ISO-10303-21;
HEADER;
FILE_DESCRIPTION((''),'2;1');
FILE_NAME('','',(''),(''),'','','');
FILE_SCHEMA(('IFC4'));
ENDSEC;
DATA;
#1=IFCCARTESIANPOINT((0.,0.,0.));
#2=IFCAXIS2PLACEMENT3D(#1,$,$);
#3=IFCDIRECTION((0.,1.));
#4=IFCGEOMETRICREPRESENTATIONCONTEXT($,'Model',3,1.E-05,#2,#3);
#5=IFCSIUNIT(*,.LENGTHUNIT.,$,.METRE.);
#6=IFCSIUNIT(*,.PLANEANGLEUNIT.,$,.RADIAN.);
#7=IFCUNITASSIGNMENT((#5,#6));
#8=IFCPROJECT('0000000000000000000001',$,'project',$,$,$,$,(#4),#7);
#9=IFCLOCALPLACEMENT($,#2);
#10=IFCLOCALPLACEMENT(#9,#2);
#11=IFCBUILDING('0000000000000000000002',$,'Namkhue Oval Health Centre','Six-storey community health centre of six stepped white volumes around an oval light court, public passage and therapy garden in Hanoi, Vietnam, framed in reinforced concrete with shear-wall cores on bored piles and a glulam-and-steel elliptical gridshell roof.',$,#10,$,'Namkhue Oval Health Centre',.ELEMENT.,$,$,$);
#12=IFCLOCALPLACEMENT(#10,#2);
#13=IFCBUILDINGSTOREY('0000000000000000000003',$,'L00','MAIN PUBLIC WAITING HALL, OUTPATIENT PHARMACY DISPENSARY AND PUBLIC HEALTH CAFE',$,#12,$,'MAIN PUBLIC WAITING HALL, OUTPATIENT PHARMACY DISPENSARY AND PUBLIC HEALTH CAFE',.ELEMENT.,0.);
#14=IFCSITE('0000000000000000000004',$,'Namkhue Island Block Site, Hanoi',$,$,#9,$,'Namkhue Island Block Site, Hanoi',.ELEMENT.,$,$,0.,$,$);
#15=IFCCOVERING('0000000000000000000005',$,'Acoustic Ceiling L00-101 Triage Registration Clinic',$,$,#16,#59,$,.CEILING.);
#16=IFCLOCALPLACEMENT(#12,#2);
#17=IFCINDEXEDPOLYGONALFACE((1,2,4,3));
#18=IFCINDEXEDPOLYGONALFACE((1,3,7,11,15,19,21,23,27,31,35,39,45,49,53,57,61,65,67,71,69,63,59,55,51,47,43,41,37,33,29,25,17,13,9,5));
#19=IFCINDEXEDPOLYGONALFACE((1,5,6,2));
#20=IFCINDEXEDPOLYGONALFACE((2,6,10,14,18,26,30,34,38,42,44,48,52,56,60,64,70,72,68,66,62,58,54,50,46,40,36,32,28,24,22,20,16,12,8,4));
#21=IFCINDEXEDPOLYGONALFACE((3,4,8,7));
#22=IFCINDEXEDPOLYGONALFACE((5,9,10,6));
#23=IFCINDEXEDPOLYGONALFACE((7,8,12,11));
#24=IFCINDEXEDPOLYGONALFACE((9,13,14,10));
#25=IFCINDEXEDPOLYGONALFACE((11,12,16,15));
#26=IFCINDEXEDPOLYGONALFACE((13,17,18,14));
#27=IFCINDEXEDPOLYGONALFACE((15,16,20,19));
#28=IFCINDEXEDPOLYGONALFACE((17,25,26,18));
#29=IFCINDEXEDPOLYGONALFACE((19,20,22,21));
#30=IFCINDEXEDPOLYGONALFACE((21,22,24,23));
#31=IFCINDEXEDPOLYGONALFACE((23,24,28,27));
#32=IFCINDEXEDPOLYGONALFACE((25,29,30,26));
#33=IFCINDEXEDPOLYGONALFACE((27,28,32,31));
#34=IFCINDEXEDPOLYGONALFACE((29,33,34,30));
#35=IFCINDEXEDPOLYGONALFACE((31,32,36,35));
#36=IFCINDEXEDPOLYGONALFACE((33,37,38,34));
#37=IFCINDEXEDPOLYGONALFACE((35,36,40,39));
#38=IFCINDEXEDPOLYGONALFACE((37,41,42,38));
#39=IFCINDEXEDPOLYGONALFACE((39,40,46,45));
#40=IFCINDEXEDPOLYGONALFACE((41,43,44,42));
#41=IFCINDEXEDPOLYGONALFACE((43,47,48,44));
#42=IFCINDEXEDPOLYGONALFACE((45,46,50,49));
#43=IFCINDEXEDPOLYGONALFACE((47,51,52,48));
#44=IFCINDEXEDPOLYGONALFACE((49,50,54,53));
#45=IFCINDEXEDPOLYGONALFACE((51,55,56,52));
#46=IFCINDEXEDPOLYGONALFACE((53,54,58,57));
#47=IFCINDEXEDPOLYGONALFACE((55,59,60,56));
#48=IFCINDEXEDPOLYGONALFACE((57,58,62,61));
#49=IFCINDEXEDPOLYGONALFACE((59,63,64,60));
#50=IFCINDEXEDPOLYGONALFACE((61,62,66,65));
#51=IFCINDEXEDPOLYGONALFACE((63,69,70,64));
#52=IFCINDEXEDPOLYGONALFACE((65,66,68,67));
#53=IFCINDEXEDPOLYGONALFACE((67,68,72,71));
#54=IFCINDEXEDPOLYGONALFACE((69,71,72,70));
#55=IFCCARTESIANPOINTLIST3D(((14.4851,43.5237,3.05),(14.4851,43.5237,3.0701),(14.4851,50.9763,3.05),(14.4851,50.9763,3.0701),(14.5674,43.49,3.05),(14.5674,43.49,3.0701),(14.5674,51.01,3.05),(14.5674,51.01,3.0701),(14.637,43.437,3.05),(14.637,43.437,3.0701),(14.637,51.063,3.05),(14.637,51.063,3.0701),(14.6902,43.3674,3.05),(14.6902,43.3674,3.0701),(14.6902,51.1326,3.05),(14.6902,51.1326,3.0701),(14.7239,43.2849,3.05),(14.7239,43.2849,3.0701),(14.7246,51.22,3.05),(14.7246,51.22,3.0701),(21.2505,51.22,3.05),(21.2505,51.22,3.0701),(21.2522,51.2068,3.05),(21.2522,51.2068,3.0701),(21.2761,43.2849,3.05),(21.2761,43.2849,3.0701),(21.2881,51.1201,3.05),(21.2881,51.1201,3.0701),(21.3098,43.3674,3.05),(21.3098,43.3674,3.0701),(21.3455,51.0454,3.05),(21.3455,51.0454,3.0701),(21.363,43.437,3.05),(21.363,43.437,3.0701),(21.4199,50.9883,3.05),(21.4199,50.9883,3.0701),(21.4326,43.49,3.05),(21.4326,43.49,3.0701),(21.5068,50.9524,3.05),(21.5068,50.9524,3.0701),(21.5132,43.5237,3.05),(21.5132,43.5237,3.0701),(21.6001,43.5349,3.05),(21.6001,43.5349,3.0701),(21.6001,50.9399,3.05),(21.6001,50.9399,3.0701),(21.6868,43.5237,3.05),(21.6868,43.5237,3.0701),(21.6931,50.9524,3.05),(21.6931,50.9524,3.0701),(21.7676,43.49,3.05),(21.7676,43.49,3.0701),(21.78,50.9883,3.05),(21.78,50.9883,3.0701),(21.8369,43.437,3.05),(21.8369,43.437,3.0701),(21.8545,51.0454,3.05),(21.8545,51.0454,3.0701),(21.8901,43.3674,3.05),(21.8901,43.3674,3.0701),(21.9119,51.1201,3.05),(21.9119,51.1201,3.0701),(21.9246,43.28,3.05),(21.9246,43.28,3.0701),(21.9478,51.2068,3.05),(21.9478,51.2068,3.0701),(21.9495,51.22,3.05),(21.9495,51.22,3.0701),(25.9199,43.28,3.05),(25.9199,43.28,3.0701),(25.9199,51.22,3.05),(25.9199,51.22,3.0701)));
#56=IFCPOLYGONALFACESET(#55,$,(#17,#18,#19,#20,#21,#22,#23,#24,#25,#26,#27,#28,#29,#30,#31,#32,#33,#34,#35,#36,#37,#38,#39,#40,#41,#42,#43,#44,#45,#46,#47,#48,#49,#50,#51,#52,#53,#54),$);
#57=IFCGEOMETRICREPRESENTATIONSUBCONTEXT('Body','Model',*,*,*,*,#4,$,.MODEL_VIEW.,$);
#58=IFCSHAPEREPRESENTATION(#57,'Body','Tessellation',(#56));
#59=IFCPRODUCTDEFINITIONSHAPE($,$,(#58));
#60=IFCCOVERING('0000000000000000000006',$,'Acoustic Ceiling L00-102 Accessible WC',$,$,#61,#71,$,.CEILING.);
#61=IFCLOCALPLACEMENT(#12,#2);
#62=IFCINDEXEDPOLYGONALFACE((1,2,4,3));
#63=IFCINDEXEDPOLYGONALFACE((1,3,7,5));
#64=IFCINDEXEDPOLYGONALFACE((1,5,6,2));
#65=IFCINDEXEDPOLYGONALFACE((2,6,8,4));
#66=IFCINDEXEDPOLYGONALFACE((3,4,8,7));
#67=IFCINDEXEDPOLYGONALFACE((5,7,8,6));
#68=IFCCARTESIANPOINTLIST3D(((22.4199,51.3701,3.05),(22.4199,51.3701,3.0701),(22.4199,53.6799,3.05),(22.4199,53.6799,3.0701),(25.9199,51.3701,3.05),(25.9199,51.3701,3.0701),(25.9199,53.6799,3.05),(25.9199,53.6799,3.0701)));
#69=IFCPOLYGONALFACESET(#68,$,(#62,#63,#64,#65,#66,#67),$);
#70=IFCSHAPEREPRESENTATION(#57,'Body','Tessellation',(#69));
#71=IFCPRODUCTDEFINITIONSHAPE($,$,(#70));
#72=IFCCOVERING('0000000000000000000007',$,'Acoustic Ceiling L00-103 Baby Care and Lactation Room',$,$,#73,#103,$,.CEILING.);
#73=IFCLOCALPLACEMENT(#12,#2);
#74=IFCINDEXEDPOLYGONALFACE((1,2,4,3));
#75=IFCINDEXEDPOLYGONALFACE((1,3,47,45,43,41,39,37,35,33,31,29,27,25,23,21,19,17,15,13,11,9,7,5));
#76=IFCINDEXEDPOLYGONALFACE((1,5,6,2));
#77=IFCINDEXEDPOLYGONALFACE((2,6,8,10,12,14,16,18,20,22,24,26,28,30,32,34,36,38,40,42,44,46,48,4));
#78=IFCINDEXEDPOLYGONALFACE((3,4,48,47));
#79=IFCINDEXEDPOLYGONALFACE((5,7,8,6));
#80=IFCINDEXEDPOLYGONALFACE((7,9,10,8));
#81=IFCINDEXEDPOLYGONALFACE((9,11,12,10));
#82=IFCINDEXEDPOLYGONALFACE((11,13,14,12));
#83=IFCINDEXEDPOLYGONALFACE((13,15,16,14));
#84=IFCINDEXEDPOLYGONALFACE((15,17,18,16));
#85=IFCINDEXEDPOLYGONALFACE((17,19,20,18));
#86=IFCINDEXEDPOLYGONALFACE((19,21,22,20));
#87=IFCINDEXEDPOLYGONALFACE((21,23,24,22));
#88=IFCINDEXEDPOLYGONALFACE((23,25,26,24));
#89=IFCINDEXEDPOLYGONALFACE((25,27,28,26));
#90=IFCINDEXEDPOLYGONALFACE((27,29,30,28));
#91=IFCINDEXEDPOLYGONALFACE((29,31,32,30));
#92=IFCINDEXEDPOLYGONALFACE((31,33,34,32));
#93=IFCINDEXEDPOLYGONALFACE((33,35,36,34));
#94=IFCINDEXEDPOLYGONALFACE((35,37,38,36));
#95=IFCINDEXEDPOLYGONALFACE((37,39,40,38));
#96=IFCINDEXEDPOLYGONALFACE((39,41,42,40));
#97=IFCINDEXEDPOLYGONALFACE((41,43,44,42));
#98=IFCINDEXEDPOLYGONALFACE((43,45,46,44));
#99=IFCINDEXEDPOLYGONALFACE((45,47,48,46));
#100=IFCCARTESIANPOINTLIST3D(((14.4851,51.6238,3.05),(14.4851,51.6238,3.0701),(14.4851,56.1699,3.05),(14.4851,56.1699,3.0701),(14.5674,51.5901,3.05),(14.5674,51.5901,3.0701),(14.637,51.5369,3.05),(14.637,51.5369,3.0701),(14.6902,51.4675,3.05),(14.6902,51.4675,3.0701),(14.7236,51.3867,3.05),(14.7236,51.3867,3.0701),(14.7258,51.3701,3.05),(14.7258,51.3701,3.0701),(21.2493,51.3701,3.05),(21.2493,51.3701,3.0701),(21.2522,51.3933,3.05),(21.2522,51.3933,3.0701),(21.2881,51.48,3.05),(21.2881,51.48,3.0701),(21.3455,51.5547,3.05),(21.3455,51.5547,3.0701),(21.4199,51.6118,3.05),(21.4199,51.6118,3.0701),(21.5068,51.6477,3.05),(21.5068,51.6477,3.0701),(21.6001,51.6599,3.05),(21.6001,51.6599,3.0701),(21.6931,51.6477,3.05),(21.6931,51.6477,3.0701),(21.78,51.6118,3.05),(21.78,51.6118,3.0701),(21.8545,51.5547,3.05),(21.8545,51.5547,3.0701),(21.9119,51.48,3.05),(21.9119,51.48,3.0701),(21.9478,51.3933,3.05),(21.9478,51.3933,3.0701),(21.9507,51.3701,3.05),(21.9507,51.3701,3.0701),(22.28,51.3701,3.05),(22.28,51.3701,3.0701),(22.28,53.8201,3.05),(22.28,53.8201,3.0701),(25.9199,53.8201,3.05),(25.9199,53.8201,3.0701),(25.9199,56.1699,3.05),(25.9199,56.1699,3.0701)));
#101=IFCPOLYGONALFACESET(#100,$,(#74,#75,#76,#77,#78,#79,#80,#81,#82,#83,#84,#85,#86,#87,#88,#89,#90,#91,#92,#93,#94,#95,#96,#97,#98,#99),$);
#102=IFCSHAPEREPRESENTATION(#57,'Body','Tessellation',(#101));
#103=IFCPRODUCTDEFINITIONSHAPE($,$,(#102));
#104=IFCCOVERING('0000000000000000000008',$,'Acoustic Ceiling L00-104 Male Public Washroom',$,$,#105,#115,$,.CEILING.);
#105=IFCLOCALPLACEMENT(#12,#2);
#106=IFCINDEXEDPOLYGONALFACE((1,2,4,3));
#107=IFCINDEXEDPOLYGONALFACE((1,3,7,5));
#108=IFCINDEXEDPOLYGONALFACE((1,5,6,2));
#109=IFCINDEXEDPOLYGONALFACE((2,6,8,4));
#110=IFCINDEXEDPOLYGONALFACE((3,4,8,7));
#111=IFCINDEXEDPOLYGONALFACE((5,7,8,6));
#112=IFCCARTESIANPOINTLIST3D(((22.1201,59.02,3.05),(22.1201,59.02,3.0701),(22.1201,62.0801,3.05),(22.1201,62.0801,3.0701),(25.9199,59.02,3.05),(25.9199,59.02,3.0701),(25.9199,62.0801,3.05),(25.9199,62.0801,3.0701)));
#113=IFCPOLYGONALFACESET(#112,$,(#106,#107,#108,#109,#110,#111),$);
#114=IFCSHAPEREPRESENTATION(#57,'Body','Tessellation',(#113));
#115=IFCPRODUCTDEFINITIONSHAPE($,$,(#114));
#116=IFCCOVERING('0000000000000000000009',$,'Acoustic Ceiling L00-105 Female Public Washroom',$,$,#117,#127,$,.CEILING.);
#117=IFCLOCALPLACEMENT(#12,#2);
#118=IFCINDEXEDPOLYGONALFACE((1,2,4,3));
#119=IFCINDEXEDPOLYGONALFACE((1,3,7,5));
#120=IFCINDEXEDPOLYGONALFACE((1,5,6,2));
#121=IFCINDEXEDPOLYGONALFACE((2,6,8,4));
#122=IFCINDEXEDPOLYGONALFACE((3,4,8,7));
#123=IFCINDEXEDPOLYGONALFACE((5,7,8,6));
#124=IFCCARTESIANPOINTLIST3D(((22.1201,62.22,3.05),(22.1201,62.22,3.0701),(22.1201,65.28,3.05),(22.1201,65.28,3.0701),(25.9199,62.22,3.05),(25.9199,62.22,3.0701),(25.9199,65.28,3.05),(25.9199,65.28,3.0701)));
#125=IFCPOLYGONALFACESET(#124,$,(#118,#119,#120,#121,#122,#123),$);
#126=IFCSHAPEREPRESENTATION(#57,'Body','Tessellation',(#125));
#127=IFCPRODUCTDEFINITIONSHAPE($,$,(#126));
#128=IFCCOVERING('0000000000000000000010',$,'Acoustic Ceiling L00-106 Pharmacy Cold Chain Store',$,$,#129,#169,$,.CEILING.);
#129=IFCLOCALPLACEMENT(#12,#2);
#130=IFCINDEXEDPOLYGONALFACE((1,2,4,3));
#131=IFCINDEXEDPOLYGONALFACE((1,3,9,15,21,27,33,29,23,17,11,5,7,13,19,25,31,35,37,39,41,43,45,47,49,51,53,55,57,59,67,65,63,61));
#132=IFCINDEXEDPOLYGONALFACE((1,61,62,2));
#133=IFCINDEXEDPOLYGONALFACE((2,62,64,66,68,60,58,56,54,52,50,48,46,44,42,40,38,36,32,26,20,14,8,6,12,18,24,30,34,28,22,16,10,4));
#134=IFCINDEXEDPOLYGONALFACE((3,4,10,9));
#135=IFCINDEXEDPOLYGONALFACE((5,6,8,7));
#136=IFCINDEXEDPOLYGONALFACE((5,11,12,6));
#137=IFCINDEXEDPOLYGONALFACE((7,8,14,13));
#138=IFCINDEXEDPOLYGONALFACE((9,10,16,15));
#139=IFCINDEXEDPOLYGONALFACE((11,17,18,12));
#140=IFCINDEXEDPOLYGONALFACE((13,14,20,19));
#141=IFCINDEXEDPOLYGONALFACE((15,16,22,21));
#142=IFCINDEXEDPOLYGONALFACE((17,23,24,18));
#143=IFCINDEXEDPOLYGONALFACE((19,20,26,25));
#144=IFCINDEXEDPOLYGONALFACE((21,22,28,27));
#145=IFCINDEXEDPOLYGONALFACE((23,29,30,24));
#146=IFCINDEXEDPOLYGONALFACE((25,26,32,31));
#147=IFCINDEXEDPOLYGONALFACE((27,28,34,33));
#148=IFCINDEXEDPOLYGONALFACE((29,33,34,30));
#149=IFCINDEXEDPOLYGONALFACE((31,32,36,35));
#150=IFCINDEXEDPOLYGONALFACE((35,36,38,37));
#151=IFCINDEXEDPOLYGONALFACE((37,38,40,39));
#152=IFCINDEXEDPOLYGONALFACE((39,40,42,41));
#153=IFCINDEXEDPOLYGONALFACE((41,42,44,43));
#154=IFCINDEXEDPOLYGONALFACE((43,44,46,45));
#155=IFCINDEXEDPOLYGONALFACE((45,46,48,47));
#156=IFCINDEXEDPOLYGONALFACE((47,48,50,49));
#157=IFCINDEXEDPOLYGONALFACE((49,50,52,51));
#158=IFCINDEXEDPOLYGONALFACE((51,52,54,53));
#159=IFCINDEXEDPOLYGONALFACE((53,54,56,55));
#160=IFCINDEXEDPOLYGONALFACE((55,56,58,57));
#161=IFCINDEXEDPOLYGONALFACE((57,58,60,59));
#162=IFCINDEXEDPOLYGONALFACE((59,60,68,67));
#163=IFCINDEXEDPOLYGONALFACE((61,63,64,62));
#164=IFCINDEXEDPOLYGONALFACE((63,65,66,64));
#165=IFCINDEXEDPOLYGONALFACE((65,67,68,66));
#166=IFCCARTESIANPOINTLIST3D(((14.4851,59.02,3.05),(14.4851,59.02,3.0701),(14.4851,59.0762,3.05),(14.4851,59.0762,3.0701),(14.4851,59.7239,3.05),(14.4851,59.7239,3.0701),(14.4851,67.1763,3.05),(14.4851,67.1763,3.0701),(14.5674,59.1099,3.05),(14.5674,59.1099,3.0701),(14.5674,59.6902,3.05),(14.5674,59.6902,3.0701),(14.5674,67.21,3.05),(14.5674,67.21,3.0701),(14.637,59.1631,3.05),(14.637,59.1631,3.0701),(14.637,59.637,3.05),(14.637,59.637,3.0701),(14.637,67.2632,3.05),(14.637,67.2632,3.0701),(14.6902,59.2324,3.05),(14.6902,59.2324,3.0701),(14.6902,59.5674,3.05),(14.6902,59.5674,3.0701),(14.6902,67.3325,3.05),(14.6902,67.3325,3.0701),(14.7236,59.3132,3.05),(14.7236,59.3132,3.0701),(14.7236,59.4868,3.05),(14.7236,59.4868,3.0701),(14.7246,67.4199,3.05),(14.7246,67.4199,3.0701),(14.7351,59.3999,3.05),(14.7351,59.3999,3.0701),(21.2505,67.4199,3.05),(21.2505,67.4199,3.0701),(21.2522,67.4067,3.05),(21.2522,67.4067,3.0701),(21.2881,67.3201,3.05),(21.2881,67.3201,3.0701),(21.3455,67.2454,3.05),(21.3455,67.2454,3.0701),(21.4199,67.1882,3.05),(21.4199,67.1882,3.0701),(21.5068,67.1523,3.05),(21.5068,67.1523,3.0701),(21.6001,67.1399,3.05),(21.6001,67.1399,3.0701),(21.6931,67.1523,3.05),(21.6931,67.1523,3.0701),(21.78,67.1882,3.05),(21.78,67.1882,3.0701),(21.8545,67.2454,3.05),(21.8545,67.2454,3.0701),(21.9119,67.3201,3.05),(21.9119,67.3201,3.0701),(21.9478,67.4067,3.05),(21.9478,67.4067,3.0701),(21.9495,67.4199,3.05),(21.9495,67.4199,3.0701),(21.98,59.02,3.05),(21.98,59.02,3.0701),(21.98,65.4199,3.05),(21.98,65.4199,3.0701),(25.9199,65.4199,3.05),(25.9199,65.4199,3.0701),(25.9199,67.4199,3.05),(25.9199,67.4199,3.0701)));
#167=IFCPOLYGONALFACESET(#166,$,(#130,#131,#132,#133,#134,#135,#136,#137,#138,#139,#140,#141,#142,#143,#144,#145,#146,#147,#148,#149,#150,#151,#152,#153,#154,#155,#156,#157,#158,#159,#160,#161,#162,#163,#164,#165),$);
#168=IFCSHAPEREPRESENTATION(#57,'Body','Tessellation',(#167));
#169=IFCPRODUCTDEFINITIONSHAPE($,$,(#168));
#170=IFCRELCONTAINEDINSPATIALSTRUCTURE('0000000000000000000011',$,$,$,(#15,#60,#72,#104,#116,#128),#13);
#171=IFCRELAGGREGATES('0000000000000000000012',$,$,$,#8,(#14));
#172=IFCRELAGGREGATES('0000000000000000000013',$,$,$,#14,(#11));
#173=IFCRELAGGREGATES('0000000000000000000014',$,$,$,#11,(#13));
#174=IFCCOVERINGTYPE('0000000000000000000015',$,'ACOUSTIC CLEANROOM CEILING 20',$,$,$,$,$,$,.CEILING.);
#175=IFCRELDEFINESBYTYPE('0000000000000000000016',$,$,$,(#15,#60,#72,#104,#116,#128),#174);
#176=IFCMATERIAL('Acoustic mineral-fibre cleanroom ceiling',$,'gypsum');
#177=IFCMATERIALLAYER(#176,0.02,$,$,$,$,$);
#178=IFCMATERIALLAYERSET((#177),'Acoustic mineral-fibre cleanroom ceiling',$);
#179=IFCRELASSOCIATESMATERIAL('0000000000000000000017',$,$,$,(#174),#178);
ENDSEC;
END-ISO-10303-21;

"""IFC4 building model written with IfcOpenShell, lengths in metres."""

from ifc_helpers import new_model, si_unit, direction, frame, origin, place, context, subcontext, project, spatial, polyline, outline, extrude, material, layer, layer_set, type_object, element, save


model = new_model("IFC4")

# Units and contexts
model_context = context("Model", 3, precision=1e-05, world=origin(), true_north=direction((0.0, 1.0)))
body_context = subcontext(model_context, "Body", "Model", "MODEL_VIEW")
ifc_project = project(units=[si_unit("LENGTHUNIT", "METRE"), si_unit("PLANEANGLEUNIT", "RADIAN")], contexts=[model_context])

# Site, building, storey
site_placement = place(None, origin())
site = spatial("IfcSite", under=ifc_project, at=site_placement, Name="Namkhue Island Block Site, Hanoi", LongName="Namkhue Island Block Site, Hanoi", CompositionType="ELEMENT", RefElevation=0.0)
building_placement = place(site_placement, origin())
building = spatial("IfcBuilding", under=site, at=building_placement, Name="Namkhue Oval Health Centre", Description="Six-storey community health centre of six stepped white volumes around an oval light court, public passage and therapy garden in Hanoi, Vietnam, framed in reinforced concrete with shear-wall cores on bored piles and a glulam-and-steel elliptical gridshell roof.", LongName="Namkhue Oval Health Centre", CompositionType="ELEMENT")
storey_placement = place(building_placement, origin())
storey = spatial("IfcBuildingStorey", under=building, at=storey_placement, Name="L00", Description="MAIN PUBLIC WAITING HALL, OUTPATIENT PHARMACY DISPENSARY AND PUBLIC HEALTH CAFE", LongName="MAIN PUBLIC WAITING HALL, OUTPATIENT PHARMACY DISPENSARY AND PUBLIC HEALTH CAFE", CompositionType="ELEMENT", Elevation=0.0)

# Coverings
ifc_material_1 = material(Name="Acoustic mineral-fibre cleanroom ceiling", Category="gypsum")
ifc_layer_1 = layer(ifc_material_1, 0.02)
ifc_layer_set_1 = layer_set([ifc_layer_1], Name="Acoustic mineral-fibre cleanroom ceiling")
covering_type = type_object("IfcCoveringType", Name="ACOUSTIC CLEANROOM CEILING 20", PredefinedType="CEILING", material=ifc_layer_set_1)
covering_1_placement = place(storey_placement, frame((0.0, 0.0, 3.05)))
element("IfcCovering", 1, at=covering_1_placement, inside=storey, type_object=covering_type, Name="Acoustic Ceiling L00-101 Triage Registration Clinic", PredefinedType="CEILING", context=body_context, shape_type="SweptSolid", body=[
    extrude(outline(polyline([(21.9246, 43.28), (21.8901, 43.3674), (21.8369, 43.437), (21.7676, 43.49), (21.6868, 43.5237), (21.6001, 43.5349), (21.5132, 43.5237), (21.4326, 43.49), (21.363, 43.437), (21.3098, 43.3674), (21.2761, 43.2849), (14.7239, 43.2849), (14.6902, 43.3674), (14.637, 43.437), (14.5674, 43.49), (14.4851, 43.5237), (14.4851, 50.9763), (14.5674, 51.01), (14.637, 51.063), (14.6902, 51.1326), (14.7246, 51.22), (21.2505, 51.22), (21.2522, 51.2068), (21.2881, 51.1201), (21.3455, 51.0454), (21.4199, 50.9883), (21.5068, 50.9524), (21.6001, 50.9399), (21.6931, 50.9524), (21.78, 50.9883), (21.8545, 51.0454), (21.9119, 51.1201), (21.9478, 51.2068), (21.9495, 51.22), (25.9199, 51.22), (25.9199, 43.28), (21.9246, 43.28)])), origin(), (0.0, 0.0, 1.0), 0.02),
])
covering_2_placement = place(storey_placement, frame((0.0, 0.0, 3.05)))
element("IfcCovering", 2, at=covering_2_placement, inside=storey, type_object=covering_type, Name="Acoustic Ceiling L00-102 Accessible WC", PredefinedType="CEILING", context=body_context, shape_type="SweptSolid", body=[
    extrude(outline(polyline([(25.9199, 53.6799), (25.9199, 51.3701), (22.4199, 51.3701), (22.4199, 53.6799), (25.9199, 53.6799)])), origin(), (0.0, 0.0, 1.0), 0.02),
])
covering_3_placement = place(storey_placement, frame((0.0, 0.0, 3.05)))
element("IfcCovering", 3, at=covering_3_placement, inside=storey, type_object=covering_type, Name="Acoustic Ceiling L00-103 Baby Care and Lactation Room", PredefinedType="CEILING", context=body_context, shape_type="SweptSolid", body=[
    extrude(outline(polyline([(22.28, 53.8201), (22.28, 51.3701), (21.9507, 51.3701), (21.9478, 51.3933), (21.9119, 51.48), (21.8545, 51.5547), (21.78, 51.6118), (21.6931, 51.6477), (21.6001, 51.6599), (21.5068, 51.6477), (21.4199, 51.6118), (21.3455, 51.5547), (21.2881, 51.48), (21.2522, 51.3933), (21.2493, 51.3701), (14.7258, 51.3701), (14.7236, 51.3867), (14.6902, 51.4675), (14.637, 51.5369), (14.5674, 51.5901), (14.4851, 51.6238), (14.4851, 56.1699), (25.9199, 56.1699), (25.9199, 53.8201), (22.28, 53.8201)])), origin(), (0.0, 0.0, 1.0), 0.02),
])
covering_4_placement = place(storey_placement, frame((0.0, 0.0, 3.05)))
element("IfcCovering", 4, at=covering_4_placement, inside=storey, type_object=covering_type, Name="Acoustic Ceiling L00-104 Male Public Washroom", PredefinedType="CEILING", context=body_context, shape_type="SweptSolid", body=[
    extrude(outline(polyline([(25.9199, 62.0801), (25.9199, 59.02), (22.1201, 59.02), (22.1201, 62.0801), (25.9199, 62.0801)])), origin(), (0.0, 0.0, 1.0), 0.02),
])
covering_5_placement = place(storey_placement, frame((0.0, 0.0, 3.05)))
element("IfcCovering", 5, at=covering_5_placement, inside=storey, type_object=covering_type, Name="Acoustic Ceiling L00-105 Female Public Washroom", PredefinedType="CEILING", context=body_context, shape_type="SweptSolid", body=[
    extrude(outline(polyline([(25.9199, 65.28), (25.9199, 62.22), (22.1201, 62.22), (22.1201, 65.28), (25.9199, 65.28)])), origin(), (0.0, 0.0, 1.0), 0.02),
])
covering_6_placement = place(storey_placement, frame((0.0, 0.0, 3.05)))
element("IfcCovering", 6, at=covering_6_placement, inside=storey, type_object=covering_type, Name="Acoustic Ceiling L00-106 Pharmacy Cold Chain Store", PredefinedType="CEILING", context=body_context, shape_type="SweptSolid", body=[
    extrude(outline(polyline([(21.98, 65.4199), (21.98, 59.02), (14.4851, 59.02), (14.4851, 59.0762), (14.5674, 59.1099), (14.637, 59.1631), (14.6902, 59.2324), (14.7236, 59.3132), (14.7351, 59.3999), (14.7236, 59.4868), (14.6902, 59.5674), (14.637, 59.637), (14.5674, 59.6902), (14.4851, 59.7239), (14.4851, 67.1763), (14.5674, 67.21), (14.637, 67.2632), (14.6902, 67.3325), (14.7246, 67.4199), (21.2505, 67.4199), (21.2522, 67.4067), (21.2881, 67.3201), (21.3455, 67.2454), (21.4199, 67.1882), (21.5068, 67.1523), (21.6001, 67.1399), (21.6931, 67.1523), (21.78, 67.1882), (21.8545, 67.2454), (21.9119, 67.3201), (21.9478, 67.4067), (21.9495, 67.4199), (25.9199, 67.4199), (25.9199, 65.4199), (21.98, 65.4199)])), origin(), (0.0, 0.0, 1.0), 0.02),
])

save(model, "model.ifc")
